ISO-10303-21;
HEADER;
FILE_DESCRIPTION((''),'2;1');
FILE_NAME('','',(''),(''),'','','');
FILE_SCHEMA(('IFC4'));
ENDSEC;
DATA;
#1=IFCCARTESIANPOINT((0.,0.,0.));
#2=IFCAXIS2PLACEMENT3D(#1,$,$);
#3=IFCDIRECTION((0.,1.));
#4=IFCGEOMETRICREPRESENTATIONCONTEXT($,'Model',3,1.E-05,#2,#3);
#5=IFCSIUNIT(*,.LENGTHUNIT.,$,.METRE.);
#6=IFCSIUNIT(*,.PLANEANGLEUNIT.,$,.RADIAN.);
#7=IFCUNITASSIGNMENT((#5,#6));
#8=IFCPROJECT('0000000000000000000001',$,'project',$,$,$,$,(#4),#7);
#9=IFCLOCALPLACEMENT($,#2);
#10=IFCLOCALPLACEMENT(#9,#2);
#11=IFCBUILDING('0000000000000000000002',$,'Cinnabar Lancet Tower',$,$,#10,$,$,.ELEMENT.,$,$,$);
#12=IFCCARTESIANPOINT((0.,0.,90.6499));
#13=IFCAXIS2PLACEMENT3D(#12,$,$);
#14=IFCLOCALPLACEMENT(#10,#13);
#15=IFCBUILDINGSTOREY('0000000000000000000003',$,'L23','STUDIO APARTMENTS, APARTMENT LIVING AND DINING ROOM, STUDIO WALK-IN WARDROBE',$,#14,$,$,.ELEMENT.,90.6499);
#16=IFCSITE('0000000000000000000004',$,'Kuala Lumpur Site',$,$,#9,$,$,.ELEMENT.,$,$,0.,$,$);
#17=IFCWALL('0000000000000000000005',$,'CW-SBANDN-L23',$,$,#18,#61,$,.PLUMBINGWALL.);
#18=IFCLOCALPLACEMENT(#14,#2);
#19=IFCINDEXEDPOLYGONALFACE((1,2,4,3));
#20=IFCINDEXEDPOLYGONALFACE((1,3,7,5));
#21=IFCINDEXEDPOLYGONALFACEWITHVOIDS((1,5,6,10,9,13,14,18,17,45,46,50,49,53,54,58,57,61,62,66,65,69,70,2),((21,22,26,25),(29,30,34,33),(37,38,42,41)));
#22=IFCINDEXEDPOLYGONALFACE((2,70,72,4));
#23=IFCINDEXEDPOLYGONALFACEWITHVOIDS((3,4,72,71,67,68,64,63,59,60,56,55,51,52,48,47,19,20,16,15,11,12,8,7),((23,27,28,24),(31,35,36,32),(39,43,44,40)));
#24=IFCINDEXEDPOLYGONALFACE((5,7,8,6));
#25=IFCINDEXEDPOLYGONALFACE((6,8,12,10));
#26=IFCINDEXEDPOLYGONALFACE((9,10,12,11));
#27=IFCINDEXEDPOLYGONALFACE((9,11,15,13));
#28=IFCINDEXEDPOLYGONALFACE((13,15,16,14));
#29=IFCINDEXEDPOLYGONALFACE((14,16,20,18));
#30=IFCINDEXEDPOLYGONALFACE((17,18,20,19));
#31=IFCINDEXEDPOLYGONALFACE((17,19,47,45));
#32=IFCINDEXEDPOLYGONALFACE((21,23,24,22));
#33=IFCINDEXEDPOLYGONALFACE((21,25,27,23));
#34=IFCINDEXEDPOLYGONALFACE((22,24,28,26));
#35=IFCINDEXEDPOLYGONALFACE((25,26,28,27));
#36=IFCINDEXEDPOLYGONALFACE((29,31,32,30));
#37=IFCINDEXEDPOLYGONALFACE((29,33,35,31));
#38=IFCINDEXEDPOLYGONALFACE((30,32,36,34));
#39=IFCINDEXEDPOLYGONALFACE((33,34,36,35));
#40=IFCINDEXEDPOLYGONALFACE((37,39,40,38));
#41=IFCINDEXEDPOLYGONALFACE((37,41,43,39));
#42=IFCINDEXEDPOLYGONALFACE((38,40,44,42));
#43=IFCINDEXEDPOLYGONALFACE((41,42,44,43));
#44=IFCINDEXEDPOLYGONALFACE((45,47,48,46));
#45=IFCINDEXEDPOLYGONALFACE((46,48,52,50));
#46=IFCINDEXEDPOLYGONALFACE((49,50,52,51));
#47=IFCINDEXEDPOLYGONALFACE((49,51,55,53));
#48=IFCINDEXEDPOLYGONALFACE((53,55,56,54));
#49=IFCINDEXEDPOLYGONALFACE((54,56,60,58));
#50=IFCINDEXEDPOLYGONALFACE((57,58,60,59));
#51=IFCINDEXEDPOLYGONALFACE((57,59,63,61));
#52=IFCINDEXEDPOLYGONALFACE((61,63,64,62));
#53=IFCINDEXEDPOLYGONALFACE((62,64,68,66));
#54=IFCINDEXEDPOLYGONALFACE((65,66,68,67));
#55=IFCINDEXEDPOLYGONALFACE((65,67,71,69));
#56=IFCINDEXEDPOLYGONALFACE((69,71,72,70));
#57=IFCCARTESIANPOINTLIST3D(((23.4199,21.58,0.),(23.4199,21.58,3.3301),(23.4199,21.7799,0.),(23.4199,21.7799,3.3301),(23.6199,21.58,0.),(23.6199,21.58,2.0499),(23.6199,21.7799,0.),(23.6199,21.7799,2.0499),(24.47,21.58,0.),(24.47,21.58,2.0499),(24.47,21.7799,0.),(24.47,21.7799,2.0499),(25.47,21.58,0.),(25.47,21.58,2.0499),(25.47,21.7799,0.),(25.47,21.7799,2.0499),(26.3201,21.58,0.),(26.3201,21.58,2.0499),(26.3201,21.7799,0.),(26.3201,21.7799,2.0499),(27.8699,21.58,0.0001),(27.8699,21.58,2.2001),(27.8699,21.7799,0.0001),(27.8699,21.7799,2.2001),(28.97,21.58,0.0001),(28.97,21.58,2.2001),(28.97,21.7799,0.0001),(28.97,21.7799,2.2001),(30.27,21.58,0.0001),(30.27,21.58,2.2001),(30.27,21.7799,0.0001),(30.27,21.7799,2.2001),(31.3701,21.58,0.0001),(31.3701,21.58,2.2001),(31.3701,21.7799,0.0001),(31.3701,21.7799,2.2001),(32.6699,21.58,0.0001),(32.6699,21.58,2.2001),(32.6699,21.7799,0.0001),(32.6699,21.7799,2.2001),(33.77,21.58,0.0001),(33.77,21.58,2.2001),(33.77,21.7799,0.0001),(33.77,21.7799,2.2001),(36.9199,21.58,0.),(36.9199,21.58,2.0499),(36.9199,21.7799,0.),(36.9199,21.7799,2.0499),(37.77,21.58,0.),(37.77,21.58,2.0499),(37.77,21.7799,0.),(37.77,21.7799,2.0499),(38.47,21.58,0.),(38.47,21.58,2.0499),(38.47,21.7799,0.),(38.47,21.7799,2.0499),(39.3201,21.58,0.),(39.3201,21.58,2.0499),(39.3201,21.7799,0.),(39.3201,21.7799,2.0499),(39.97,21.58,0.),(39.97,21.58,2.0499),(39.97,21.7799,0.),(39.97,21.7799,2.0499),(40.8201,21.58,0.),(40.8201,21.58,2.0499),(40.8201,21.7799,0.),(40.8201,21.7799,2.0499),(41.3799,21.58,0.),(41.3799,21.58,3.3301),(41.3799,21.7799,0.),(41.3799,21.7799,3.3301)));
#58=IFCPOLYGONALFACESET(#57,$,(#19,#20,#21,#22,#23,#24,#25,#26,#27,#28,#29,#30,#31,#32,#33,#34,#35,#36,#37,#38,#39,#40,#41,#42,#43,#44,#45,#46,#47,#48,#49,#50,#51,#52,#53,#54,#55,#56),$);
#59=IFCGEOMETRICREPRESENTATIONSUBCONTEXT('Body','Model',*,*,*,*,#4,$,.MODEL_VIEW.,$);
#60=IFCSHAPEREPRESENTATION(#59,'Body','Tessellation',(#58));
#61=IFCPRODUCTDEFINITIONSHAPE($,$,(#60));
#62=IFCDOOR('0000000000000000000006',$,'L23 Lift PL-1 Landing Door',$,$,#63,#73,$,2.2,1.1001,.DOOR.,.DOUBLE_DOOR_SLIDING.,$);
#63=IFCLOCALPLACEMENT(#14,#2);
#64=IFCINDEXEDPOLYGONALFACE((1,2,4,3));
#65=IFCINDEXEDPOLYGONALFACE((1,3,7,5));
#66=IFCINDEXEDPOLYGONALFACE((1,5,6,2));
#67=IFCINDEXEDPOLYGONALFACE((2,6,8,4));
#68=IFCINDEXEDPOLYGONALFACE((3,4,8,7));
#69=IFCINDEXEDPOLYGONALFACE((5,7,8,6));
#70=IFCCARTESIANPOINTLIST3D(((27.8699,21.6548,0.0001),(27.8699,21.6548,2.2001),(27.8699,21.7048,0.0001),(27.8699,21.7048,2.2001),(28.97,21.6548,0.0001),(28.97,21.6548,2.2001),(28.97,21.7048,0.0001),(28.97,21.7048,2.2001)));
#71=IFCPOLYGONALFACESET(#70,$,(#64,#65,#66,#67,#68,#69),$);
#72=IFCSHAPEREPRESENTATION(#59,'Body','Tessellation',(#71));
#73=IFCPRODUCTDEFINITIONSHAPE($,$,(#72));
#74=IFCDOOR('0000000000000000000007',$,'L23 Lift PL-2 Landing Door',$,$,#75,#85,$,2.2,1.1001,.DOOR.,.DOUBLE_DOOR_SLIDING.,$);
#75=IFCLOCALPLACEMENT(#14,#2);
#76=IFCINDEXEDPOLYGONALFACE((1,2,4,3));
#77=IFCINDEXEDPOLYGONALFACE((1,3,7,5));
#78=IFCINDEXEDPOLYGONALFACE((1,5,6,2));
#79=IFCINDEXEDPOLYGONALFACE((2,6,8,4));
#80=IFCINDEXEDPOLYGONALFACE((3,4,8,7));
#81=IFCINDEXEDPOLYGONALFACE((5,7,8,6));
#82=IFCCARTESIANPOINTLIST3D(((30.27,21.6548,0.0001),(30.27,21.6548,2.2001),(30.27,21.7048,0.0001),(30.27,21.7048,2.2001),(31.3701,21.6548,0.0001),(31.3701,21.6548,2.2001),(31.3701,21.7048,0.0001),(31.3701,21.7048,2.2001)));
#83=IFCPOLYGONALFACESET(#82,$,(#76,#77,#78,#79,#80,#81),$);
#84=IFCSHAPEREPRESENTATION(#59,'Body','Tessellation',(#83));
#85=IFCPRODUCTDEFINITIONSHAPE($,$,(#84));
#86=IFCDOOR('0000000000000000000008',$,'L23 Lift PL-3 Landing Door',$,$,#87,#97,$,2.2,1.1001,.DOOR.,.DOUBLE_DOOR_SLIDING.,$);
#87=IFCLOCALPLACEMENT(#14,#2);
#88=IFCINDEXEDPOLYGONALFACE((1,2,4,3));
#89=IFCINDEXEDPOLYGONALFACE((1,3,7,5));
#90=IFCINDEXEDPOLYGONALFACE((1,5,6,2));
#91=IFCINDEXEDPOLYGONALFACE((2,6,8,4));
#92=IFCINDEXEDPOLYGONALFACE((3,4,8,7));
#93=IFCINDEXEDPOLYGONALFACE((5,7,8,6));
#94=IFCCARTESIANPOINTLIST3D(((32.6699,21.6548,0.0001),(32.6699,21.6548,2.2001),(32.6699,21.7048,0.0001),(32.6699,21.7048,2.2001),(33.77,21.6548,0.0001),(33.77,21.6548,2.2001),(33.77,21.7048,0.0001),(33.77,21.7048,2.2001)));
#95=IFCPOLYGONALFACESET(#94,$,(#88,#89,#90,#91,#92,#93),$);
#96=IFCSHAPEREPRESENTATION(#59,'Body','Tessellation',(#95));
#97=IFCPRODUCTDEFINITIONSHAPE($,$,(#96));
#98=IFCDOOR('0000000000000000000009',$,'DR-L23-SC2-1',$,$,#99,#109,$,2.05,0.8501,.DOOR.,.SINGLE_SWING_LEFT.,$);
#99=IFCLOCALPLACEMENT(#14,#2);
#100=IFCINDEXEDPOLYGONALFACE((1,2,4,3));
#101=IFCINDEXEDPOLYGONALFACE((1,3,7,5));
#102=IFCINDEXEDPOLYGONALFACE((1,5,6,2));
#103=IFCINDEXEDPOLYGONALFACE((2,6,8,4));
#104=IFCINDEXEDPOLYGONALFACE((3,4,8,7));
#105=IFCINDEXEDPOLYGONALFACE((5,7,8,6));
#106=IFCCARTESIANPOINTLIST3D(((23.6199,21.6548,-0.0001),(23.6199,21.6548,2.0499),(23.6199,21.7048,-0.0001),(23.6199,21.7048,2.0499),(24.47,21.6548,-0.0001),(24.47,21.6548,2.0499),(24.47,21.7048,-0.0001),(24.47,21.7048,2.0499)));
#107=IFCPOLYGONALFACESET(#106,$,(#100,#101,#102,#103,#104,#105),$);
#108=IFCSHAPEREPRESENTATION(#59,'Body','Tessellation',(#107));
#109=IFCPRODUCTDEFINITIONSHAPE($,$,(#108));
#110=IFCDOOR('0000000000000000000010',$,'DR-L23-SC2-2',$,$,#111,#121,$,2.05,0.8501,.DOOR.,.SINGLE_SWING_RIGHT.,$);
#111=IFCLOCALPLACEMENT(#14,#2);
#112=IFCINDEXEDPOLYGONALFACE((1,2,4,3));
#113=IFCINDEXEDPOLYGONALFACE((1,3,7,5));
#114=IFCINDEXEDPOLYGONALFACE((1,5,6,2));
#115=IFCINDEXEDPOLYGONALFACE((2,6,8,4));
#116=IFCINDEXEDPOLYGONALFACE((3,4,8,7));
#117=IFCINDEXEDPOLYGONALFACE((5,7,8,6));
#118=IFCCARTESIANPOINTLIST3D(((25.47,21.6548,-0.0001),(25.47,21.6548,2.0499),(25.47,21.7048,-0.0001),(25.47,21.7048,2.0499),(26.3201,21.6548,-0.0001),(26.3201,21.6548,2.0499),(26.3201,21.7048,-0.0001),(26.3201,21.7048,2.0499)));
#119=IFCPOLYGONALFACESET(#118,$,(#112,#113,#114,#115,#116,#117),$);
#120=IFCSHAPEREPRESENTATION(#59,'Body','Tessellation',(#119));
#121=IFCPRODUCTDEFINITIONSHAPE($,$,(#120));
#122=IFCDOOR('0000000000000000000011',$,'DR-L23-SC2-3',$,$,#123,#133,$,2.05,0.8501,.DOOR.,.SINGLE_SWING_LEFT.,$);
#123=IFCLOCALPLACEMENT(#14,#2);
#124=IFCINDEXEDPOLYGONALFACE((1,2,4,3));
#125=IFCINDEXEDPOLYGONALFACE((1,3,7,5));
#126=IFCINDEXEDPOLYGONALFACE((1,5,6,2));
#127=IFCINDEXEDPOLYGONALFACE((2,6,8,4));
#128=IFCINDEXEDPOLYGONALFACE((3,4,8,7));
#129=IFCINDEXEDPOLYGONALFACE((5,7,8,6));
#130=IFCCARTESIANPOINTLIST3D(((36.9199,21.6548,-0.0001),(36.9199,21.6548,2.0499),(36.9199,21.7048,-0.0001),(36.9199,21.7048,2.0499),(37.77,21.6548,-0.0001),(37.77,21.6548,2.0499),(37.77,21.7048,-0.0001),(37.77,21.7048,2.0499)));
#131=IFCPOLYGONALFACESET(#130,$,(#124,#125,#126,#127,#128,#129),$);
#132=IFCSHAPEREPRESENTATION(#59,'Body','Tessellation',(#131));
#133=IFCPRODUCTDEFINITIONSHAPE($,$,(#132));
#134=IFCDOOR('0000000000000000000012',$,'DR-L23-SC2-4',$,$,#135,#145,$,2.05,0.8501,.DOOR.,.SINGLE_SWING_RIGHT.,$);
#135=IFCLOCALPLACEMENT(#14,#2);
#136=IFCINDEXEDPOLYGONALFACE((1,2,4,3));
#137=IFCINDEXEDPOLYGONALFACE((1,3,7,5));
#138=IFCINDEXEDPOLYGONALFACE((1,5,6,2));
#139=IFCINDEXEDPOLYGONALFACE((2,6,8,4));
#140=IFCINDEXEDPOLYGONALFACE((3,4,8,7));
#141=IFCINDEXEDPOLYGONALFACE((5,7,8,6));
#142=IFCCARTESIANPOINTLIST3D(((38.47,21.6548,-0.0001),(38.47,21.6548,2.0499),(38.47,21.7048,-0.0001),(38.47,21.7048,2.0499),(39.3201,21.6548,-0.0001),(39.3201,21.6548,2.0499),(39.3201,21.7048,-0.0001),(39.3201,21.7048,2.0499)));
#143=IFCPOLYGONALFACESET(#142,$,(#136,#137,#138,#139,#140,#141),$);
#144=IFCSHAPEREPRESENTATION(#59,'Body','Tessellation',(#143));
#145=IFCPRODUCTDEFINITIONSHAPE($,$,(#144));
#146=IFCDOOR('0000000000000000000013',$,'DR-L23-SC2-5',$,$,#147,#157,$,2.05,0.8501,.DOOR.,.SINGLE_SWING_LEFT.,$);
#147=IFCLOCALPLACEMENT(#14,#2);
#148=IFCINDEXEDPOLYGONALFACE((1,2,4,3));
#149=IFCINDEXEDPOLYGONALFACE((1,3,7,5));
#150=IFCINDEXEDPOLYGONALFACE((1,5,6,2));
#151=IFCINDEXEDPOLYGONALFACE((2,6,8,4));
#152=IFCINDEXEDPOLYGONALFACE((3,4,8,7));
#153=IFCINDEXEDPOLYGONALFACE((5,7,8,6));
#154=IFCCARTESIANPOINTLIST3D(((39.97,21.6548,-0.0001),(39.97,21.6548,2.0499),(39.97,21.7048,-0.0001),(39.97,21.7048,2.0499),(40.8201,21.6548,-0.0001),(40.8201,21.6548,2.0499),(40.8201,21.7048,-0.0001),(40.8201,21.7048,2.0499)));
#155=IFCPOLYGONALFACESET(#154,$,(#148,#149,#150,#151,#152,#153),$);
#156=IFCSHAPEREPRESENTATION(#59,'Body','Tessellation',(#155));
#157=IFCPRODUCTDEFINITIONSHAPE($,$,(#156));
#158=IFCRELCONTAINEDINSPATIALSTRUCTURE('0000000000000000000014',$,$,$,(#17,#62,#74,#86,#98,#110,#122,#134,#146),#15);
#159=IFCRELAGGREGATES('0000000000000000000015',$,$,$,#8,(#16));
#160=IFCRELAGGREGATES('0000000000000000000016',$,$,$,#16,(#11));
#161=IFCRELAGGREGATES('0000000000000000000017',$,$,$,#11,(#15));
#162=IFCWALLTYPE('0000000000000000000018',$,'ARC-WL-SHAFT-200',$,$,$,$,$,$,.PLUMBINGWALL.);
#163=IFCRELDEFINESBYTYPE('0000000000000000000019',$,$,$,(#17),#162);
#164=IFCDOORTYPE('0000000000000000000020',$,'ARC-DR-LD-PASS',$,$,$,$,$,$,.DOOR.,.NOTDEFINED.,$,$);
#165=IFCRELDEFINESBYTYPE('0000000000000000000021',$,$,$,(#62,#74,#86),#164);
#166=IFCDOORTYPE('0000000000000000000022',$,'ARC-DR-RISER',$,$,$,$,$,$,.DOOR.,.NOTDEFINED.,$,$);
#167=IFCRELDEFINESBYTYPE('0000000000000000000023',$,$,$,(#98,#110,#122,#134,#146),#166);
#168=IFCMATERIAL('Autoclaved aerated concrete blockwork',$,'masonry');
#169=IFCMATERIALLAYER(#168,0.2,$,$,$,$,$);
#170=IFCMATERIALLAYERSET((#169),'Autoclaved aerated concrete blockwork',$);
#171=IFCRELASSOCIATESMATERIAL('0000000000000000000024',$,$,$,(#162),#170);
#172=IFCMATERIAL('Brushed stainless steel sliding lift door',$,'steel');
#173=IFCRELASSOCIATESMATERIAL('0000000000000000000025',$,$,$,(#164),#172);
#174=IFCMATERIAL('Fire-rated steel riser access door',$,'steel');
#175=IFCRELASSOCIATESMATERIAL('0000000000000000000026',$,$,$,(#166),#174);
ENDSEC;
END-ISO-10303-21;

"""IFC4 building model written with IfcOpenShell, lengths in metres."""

from ifc_helpers import new_model, si_unit, direction, frame, frame_2d, origin, place, context, subcontext, project, spatial, rectangle, extrude, material, layer, layer_set, type_object, element, fill, save


model = new_model("IFC4")

# Units and contexts
model_context = context("Model", 3, precision=1e-05, world=origin(), true_north=direction((0.0, 1.0)))
body_context = subcontext(model_context, "Body", "Model", "MODEL_VIEW")
ifc_project = project(units=[si_unit("LENGTHUNIT", "METRE"), si_unit("PLANEANGLEUNIT", "RADIAN")], contexts=[model_context])

# Site, building, storey
site_placement = place(None, origin())
site = spatial("IfcSite", under=ifc_project, at=site_placement, Name="Kuala Lumpur Site", CompositionType="ELEMENT", RefElevation=0.0)
building_placement = place(site_placement, origin())
building = spatial("IfcBuilding", under=site, at=building_placement, Name="Cinnabar Lancet Tower", CompositionType="ELEMENT")
storey_placement = place(building_placement, frame((0.0, 0.0, 90.6499)))
storey = spatial("IfcBuildingStorey", under=building, at=storey_placement, Name="L23", Description="STUDIO APARTMENTS, APARTMENT LIVING AND DINING ROOM, STUDIO WALK-IN WARDROBE", CompositionType="ELEMENT", Elevation=90.6499)

# Shared definitions
ifc_material_1 = material(Name="Autoclaved aerated concrete blockwork", Category="masonry")
ifc_layer_1 = layer(ifc_material_1, 0.2)
ifc_layer_set_1 = layer_set([ifc_layer_1], Name="Autoclaved aerated concrete blockwork")
wall_type_1 = type_object("IfcWallType", Name="ARC-WL-SHAFT-200", PredefinedType="PLUMBINGWALL", material=ifc_layer_set_1)

# Wall, openings, doors
wall_1_placement = place(storey_placement, frame((23.4199, 21.6799, 0.0), z_axis=(0.0, 0.0, 1.0), x_axis=(1.0, 0.0, 0.0)))
wall_1 = element("IfcWall", 1, at=wall_1_placement, inside=storey, type_object=wall_type_1, Name="CW-SBANDN-L23", PredefinedType="PLUMBINGWALL", context=body_context, shape_type="SweptSolid", body=[
    extrude(rectangle(XDim=17.96, YDim=0.2, at=frame_2d((8.98, 0.0))), origin(), (0.0, 0.0, 1.0), 3.3301),
])
opening_1_placement = place(wall_1_placement, frame((4.45, 0.0, 0.0)))
opening_1 = element("IfcOpeningElement", 2, at=opening_1_placement, cuts=wall_1, PredefinedType="OPENING", context=body_context, shape_type="SweptSolid", body=[
    extrude(rectangle(XDim=1.1001, YDim=2.2, at=frame_2d((0.55, 1.1001))), frame((0.0, 0.1099, 0.0), z_axis=(0.0, -1.0, 0.0), x_axis=(1.0, 0.0, 0.0)), (0.0, 0.0, 1.0), 0.22),
])
opening_2_placement = place(wall_1_placement, frame((6.8501, 0.0, 0.0)))
opening_2 = element("IfcOpeningElement", 3, at=opening_2_placement, cuts=wall_1, PredefinedType="OPENING", context=body_context, shape_type="SweptSolid", body=[
    extrude(rectangle(XDim=1.1001, YDim=2.2, at=frame_2d((0.55, 1.1001))), frame((0.0, 0.1099, 0.0), z_axis=(0.0, -1.0, 0.0), x_axis=(1.0, 0.0, 0.0)), (0.0, 0.0, 1.0), 0.22),
])
opening_3_placement = place(wall_1_placement, frame((9.25, 0.0, 0.0)))
opening_3 = element("IfcOpeningElement", 4, at=opening_3_placement, cuts=wall_1, PredefinedType="OPENING", context=body_context, shape_type="SweptSolid", body=[
    extrude(rectangle(XDim=1.1001, YDim=2.2, at=frame_2d((0.55, 1.1001))), frame((0.0, 0.1099, 0.0), z_axis=(0.0, -1.0, 0.0), x_axis=(1.0, 0.0, 0.0)), (0.0, 0.0, 1.0), 0.22),
])
opening_4_placement = place(wall_1_placement, frame((0.2, 0.0, 0.0)))
opening_4 = element("IfcOpeningElement", 5, at=opening_4_placement, cuts=wall_1, PredefinedType="OPENING", context=body_context, shape_type="SweptSolid", body=[
    extrude(rectangle(XDim=0.8501, YDim=2.05, at=frame_2d((0.425, 1.0249))), frame((0.0, 0.1099, 0.0), z_axis=(0.0, -1.0, 0.0), x_axis=(1.0, 0.0, 0.0)), (0.0, 0.0, 1.0), 0.22),
])
opening_5_placement = place(wall_1_placement, frame((2.05, 0.0, 0.0)))
opening_5 = element("IfcOpeningElement", 6, at=opening_5_placement, cuts=wall_1, PredefinedType="OPENING", context=body_context, shape_type="SweptSolid", body=[
    extrude(rectangle(XDim=0.8501, YDim=2.05, at=frame_2d((0.425, 1.0249))), frame((0.0, 0.1099, 0.0), z_axis=(0.0, -1.0, 0.0), x_axis=(1.0, 0.0, 0.0)), (0.0, 0.0, 1.0), 0.22),
])
opening_6_placement = place(wall_1_placement, frame((13.5, 0.0, 0.0)))
opening_6 = element("IfcOpeningElement", 7, at=opening_6_placement, cuts=wall_1, PredefinedType="OPENING", context=body_context, shape_type="SweptSolid", body=[
    extrude(rectangle(XDim=0.8501, YDim=2.05, at=frame_2d((0.425, 1.0249))), frame((0.0, 0.1099, 0.0), z_axis=(0.0, -1.0, 0.0), x_axis=(1.0, 0.0, 0.0)), (0.0, 0.0, 1.0), 0.22),
])
opening_7_placement = place(wall_1_placement, frame((15.05, 0.0, 0.0)))
opening_7 = element("IfcOpeningElement", 8, at=opening_7_placement, cuts=wall_1, PredefinedType="OPENING", context=body_context, shape_type="SweptSolid", body=[
    extrude(rectangle(XDim=0.8501, YDim=2.05, at=frame_2d((0.425, 1.0249))), frame((0.0, 0.1099, 0.0), z_axis=(0.0, -1.0, 0.0), x_axis=(1.0, 0.0, 0.0)), (0.0, 0.0, 1.0), 0.22),
])
opening_8_placement = place(wall_1_placement, frame((16.55, 0.0, 0.0)))
opening_8 = element("IfcOpeningElement", 9, at=opening_8_placement, cuts=wall_1, PredefinedType="OPENING", context=body_context, shape_type="SweptSolid", body=[
    extrude(rectangle(XDim=0.8501, YDim=2.05, at=frame_2d((0.425, 1.0249))), frame((0.0, 0.1099, 0.0), z_axis=(0.0, -1.0, 0.0), x_axis=(1.0, 0.0, 0.0)), (0.0, 0.0, 1.0), 0.22),
])
ifc_material_2 = material(Name="Brushed stainless steel sliding lift door", Category="steel")
door_type_1 = type_object("IfcDoorType", Name="ARC-DR-LD-PASS", OperationType="NOTDEFINED", PredefinedType="DOOR", material=ifc_material_2)
door_1_placement = place(opening_1_placement, origin())
door_1 = element("IfcDoor", 10, at=door_1_placement, inside=storey, type_object=door_type_1, Name="L23 Lift PL-1 Landing Door", OperationType="DOUBLE_DOOR_SLIDING", OverallHeight=2.2, OverallWidth=1.1001, PredefinedType="DOOR", context=body_context, shape_type="SweptSolid", body=[
    extrude(rectangle(XDim=1.1001, YDim=2.2, at=frame_2d((0.55, 1.1001))), frame((0.0, 0.0249, 0.0), z_axis=(0.0, -1.0, 0.0), x_axis=(1.0, 0.0, 0.0)), (0.0, 0.0, 1.0), 0.05),
])
fill(opening_1, door_1)
door_2_placement = place(opening_2_placement, origin())
door_2 = element("IfcDoor", 11, at=door_2_placement, inside=storey, type_object=door_type_1, Name="L23 Lift PL-2 Landing Door", OperationType="DOUBLE_DOOR_SLIDING", OverallHeight=2.2, OverallWidth=1.1001, PredefinedType="DOOR", context=body_context, shape_type="SweptSolid", body=[
    extrude(rectangle(XDim=1.1001, YDim=2.2, at=frame_2d((0.55, 1.1001))), frame((0.0, 0.0249, 0.0), z_axis=(0.0, -1.0, 0.0), x_axis=(1.0, 0.0, 0.0)), (0.0, 0.0, 1.0), 0.05),
])
fill(opening_2, door_2)
door_3_placement = place(opening_3_placement, origin())
door_3 = element("IfcDoor", 12, at=door_3_placement, inside=storey, type_object=door_type_1, Name="L23 Lift PL-3 Landing Door", OperationType="DOUBLE_DOOR_SLIDING", OverallHeight=2.2, OverallWidth=1.1001, PredefinedType="DOOR", context=body_context, shape_type="SweptSolid", body=[
    extrude(rectangle(XDim=1.1001, YDim=2.2, at=frame_2d((0.55, 1.1001))), frame((0.0, 0.0249, 0.0), z_axis=(0.0, -1.0, 0.0), x_axis=(1.0, 0.0, 0.0)), (0.0, 0.0, 1.0), 0.05),
])
fill(opening_3, door_3)
ifc_material_3 = material(Name="Fire-rated steel riser access door", Category="steel")
door_type_2 = type_object("IfcDoorType", Name="ARC-DR-RISER", OperationType="NOTDEFINED", PredefinedType="DOOR", material=ifc_material_3)
door_4_placement = place(opening_4_placement, origin())
door_4 = element("IfcDoor", 13, at=door_4_placement, inside=storey, type_object=door_type_2, Name="DR-L23-SC2-1", OperationType="SINGLE_SWING_LEFT", OverallHeight=2.05, OverallWidth=0.8501, PredefinedType="DOOR", context=body_context, shape_type="SweptSolid", body=[
    extrude(rectangle(XDim=0.8501, YDim=2.05, at=frame_2d((0.425, 1.0249))), frame((0.0, 0.0249, 0.0), z_axis=(0.0, -1.0, 0.0), x_axis=(1.0, 0.0, 0.0)), (0.0, 0.0, 1.0), 0.05),
])
fill(opening_4, door_4)
door_5_placement = place(opening_5_placement, origin())
door_5 = element("IfcDoor", 14, at=door_5_placement, inside=storey, type_object=door_type_2, Name="DR-L23-SC2-2", OperationType="SINGLE_SWING_RIGHT", OverallHeight=2.05, OverallWidth=0.8501, PredefinedType="DOOR", context=body_context, shape_type="SweptSolid", body=[
    extrude(rectangle(XDim=0.8501, YDim=2.05, at=frame_2d((0.425, 1.0249))), frame((0.0, 0.0249, 0.0), z_axis=(0.0, -1.0, 0.0), x_axis=(1.0, 0.0, 0.0)), (0.0, 0.0, 1.0), 0.05),
])
fill(opening_5, door_5)
door_6_placement = place(opening_6_placement, origin())
door_6 = element("IfcDoor", 15, at=door_6_placement, inside=storey, type_object=door_type_2, Name="DR-L23-SC2-3", OperationType="SINGLE_SWING_LEFT", OverallHeight=2.05, OverallWidth=0.8501, PredefinedType="DOOR", context=body_context, shape_type="SweptSolid", body=[
    extrude(rectangle(XDim=0.8501, YDim=2.05, at=frame_2d((0.425, 1.0249))), frame((0.0, 0.0249, 0.0), z_axis=(0.0, -1.0, 0.0), x_axis=(1.0, 0.0, 0.0)), (0.0, 0.0, 1.0), 0.05),
])
fill(opening_6, door_6)
door_7_placement = place(opening_7_placement, origin())
door_7 = element("IfcDoor", 16, at=door_7_placement, inside=storey, type_object=door_type_2, Name="DR-L23-SC2-4", OperationType="SINGLE_SWING_RIGHT", OverallHeight=2.05, OverallWidth=0.8501, PredefinedType="DOOR", context=body_context, shape_type="SweptSolid", body=[
    extrude(rectangle(XDim=0.8501, YDim=2.05, at=frame_2d((0.425, 1.0249))), frame((0.0, 0.0249, 0.0), z_axis=(0.0, -1.0, 0.0), x_axis=(1.0, 0.0, 0.0)), (0.0, 0.0, 1.0), 0.05),
])
fill(opening_7, door_7)
door_8_placement = place(opening_8_placement, origin())
door_8 = element("IfcDoor", 17, at=door_8_placement, inside=storey, type_object=door_type_2, Name="DR-L23-SC2-5", OperationType="SINGLE_SWING_LEFT", OverallHeight=2.05, OverallWidth=0.8501, PredefinedType="DOOR", context=body_context, shape_type="SweptSolid", body=[
    extrude(rectangle(XDim=0.8501, YDim=2.05, at=frame_2d((0.425, 1.0249))), frame((0.0, 0.0249, 0.0), z_axis=(0.0, -1.0, 0.0), x_axis=(1.0, 0.0, 0.0)), (0.0, 0.0, 1.0), 0.05),
])
fill(opening_8, door_8)

save(model, "model.ifc")
